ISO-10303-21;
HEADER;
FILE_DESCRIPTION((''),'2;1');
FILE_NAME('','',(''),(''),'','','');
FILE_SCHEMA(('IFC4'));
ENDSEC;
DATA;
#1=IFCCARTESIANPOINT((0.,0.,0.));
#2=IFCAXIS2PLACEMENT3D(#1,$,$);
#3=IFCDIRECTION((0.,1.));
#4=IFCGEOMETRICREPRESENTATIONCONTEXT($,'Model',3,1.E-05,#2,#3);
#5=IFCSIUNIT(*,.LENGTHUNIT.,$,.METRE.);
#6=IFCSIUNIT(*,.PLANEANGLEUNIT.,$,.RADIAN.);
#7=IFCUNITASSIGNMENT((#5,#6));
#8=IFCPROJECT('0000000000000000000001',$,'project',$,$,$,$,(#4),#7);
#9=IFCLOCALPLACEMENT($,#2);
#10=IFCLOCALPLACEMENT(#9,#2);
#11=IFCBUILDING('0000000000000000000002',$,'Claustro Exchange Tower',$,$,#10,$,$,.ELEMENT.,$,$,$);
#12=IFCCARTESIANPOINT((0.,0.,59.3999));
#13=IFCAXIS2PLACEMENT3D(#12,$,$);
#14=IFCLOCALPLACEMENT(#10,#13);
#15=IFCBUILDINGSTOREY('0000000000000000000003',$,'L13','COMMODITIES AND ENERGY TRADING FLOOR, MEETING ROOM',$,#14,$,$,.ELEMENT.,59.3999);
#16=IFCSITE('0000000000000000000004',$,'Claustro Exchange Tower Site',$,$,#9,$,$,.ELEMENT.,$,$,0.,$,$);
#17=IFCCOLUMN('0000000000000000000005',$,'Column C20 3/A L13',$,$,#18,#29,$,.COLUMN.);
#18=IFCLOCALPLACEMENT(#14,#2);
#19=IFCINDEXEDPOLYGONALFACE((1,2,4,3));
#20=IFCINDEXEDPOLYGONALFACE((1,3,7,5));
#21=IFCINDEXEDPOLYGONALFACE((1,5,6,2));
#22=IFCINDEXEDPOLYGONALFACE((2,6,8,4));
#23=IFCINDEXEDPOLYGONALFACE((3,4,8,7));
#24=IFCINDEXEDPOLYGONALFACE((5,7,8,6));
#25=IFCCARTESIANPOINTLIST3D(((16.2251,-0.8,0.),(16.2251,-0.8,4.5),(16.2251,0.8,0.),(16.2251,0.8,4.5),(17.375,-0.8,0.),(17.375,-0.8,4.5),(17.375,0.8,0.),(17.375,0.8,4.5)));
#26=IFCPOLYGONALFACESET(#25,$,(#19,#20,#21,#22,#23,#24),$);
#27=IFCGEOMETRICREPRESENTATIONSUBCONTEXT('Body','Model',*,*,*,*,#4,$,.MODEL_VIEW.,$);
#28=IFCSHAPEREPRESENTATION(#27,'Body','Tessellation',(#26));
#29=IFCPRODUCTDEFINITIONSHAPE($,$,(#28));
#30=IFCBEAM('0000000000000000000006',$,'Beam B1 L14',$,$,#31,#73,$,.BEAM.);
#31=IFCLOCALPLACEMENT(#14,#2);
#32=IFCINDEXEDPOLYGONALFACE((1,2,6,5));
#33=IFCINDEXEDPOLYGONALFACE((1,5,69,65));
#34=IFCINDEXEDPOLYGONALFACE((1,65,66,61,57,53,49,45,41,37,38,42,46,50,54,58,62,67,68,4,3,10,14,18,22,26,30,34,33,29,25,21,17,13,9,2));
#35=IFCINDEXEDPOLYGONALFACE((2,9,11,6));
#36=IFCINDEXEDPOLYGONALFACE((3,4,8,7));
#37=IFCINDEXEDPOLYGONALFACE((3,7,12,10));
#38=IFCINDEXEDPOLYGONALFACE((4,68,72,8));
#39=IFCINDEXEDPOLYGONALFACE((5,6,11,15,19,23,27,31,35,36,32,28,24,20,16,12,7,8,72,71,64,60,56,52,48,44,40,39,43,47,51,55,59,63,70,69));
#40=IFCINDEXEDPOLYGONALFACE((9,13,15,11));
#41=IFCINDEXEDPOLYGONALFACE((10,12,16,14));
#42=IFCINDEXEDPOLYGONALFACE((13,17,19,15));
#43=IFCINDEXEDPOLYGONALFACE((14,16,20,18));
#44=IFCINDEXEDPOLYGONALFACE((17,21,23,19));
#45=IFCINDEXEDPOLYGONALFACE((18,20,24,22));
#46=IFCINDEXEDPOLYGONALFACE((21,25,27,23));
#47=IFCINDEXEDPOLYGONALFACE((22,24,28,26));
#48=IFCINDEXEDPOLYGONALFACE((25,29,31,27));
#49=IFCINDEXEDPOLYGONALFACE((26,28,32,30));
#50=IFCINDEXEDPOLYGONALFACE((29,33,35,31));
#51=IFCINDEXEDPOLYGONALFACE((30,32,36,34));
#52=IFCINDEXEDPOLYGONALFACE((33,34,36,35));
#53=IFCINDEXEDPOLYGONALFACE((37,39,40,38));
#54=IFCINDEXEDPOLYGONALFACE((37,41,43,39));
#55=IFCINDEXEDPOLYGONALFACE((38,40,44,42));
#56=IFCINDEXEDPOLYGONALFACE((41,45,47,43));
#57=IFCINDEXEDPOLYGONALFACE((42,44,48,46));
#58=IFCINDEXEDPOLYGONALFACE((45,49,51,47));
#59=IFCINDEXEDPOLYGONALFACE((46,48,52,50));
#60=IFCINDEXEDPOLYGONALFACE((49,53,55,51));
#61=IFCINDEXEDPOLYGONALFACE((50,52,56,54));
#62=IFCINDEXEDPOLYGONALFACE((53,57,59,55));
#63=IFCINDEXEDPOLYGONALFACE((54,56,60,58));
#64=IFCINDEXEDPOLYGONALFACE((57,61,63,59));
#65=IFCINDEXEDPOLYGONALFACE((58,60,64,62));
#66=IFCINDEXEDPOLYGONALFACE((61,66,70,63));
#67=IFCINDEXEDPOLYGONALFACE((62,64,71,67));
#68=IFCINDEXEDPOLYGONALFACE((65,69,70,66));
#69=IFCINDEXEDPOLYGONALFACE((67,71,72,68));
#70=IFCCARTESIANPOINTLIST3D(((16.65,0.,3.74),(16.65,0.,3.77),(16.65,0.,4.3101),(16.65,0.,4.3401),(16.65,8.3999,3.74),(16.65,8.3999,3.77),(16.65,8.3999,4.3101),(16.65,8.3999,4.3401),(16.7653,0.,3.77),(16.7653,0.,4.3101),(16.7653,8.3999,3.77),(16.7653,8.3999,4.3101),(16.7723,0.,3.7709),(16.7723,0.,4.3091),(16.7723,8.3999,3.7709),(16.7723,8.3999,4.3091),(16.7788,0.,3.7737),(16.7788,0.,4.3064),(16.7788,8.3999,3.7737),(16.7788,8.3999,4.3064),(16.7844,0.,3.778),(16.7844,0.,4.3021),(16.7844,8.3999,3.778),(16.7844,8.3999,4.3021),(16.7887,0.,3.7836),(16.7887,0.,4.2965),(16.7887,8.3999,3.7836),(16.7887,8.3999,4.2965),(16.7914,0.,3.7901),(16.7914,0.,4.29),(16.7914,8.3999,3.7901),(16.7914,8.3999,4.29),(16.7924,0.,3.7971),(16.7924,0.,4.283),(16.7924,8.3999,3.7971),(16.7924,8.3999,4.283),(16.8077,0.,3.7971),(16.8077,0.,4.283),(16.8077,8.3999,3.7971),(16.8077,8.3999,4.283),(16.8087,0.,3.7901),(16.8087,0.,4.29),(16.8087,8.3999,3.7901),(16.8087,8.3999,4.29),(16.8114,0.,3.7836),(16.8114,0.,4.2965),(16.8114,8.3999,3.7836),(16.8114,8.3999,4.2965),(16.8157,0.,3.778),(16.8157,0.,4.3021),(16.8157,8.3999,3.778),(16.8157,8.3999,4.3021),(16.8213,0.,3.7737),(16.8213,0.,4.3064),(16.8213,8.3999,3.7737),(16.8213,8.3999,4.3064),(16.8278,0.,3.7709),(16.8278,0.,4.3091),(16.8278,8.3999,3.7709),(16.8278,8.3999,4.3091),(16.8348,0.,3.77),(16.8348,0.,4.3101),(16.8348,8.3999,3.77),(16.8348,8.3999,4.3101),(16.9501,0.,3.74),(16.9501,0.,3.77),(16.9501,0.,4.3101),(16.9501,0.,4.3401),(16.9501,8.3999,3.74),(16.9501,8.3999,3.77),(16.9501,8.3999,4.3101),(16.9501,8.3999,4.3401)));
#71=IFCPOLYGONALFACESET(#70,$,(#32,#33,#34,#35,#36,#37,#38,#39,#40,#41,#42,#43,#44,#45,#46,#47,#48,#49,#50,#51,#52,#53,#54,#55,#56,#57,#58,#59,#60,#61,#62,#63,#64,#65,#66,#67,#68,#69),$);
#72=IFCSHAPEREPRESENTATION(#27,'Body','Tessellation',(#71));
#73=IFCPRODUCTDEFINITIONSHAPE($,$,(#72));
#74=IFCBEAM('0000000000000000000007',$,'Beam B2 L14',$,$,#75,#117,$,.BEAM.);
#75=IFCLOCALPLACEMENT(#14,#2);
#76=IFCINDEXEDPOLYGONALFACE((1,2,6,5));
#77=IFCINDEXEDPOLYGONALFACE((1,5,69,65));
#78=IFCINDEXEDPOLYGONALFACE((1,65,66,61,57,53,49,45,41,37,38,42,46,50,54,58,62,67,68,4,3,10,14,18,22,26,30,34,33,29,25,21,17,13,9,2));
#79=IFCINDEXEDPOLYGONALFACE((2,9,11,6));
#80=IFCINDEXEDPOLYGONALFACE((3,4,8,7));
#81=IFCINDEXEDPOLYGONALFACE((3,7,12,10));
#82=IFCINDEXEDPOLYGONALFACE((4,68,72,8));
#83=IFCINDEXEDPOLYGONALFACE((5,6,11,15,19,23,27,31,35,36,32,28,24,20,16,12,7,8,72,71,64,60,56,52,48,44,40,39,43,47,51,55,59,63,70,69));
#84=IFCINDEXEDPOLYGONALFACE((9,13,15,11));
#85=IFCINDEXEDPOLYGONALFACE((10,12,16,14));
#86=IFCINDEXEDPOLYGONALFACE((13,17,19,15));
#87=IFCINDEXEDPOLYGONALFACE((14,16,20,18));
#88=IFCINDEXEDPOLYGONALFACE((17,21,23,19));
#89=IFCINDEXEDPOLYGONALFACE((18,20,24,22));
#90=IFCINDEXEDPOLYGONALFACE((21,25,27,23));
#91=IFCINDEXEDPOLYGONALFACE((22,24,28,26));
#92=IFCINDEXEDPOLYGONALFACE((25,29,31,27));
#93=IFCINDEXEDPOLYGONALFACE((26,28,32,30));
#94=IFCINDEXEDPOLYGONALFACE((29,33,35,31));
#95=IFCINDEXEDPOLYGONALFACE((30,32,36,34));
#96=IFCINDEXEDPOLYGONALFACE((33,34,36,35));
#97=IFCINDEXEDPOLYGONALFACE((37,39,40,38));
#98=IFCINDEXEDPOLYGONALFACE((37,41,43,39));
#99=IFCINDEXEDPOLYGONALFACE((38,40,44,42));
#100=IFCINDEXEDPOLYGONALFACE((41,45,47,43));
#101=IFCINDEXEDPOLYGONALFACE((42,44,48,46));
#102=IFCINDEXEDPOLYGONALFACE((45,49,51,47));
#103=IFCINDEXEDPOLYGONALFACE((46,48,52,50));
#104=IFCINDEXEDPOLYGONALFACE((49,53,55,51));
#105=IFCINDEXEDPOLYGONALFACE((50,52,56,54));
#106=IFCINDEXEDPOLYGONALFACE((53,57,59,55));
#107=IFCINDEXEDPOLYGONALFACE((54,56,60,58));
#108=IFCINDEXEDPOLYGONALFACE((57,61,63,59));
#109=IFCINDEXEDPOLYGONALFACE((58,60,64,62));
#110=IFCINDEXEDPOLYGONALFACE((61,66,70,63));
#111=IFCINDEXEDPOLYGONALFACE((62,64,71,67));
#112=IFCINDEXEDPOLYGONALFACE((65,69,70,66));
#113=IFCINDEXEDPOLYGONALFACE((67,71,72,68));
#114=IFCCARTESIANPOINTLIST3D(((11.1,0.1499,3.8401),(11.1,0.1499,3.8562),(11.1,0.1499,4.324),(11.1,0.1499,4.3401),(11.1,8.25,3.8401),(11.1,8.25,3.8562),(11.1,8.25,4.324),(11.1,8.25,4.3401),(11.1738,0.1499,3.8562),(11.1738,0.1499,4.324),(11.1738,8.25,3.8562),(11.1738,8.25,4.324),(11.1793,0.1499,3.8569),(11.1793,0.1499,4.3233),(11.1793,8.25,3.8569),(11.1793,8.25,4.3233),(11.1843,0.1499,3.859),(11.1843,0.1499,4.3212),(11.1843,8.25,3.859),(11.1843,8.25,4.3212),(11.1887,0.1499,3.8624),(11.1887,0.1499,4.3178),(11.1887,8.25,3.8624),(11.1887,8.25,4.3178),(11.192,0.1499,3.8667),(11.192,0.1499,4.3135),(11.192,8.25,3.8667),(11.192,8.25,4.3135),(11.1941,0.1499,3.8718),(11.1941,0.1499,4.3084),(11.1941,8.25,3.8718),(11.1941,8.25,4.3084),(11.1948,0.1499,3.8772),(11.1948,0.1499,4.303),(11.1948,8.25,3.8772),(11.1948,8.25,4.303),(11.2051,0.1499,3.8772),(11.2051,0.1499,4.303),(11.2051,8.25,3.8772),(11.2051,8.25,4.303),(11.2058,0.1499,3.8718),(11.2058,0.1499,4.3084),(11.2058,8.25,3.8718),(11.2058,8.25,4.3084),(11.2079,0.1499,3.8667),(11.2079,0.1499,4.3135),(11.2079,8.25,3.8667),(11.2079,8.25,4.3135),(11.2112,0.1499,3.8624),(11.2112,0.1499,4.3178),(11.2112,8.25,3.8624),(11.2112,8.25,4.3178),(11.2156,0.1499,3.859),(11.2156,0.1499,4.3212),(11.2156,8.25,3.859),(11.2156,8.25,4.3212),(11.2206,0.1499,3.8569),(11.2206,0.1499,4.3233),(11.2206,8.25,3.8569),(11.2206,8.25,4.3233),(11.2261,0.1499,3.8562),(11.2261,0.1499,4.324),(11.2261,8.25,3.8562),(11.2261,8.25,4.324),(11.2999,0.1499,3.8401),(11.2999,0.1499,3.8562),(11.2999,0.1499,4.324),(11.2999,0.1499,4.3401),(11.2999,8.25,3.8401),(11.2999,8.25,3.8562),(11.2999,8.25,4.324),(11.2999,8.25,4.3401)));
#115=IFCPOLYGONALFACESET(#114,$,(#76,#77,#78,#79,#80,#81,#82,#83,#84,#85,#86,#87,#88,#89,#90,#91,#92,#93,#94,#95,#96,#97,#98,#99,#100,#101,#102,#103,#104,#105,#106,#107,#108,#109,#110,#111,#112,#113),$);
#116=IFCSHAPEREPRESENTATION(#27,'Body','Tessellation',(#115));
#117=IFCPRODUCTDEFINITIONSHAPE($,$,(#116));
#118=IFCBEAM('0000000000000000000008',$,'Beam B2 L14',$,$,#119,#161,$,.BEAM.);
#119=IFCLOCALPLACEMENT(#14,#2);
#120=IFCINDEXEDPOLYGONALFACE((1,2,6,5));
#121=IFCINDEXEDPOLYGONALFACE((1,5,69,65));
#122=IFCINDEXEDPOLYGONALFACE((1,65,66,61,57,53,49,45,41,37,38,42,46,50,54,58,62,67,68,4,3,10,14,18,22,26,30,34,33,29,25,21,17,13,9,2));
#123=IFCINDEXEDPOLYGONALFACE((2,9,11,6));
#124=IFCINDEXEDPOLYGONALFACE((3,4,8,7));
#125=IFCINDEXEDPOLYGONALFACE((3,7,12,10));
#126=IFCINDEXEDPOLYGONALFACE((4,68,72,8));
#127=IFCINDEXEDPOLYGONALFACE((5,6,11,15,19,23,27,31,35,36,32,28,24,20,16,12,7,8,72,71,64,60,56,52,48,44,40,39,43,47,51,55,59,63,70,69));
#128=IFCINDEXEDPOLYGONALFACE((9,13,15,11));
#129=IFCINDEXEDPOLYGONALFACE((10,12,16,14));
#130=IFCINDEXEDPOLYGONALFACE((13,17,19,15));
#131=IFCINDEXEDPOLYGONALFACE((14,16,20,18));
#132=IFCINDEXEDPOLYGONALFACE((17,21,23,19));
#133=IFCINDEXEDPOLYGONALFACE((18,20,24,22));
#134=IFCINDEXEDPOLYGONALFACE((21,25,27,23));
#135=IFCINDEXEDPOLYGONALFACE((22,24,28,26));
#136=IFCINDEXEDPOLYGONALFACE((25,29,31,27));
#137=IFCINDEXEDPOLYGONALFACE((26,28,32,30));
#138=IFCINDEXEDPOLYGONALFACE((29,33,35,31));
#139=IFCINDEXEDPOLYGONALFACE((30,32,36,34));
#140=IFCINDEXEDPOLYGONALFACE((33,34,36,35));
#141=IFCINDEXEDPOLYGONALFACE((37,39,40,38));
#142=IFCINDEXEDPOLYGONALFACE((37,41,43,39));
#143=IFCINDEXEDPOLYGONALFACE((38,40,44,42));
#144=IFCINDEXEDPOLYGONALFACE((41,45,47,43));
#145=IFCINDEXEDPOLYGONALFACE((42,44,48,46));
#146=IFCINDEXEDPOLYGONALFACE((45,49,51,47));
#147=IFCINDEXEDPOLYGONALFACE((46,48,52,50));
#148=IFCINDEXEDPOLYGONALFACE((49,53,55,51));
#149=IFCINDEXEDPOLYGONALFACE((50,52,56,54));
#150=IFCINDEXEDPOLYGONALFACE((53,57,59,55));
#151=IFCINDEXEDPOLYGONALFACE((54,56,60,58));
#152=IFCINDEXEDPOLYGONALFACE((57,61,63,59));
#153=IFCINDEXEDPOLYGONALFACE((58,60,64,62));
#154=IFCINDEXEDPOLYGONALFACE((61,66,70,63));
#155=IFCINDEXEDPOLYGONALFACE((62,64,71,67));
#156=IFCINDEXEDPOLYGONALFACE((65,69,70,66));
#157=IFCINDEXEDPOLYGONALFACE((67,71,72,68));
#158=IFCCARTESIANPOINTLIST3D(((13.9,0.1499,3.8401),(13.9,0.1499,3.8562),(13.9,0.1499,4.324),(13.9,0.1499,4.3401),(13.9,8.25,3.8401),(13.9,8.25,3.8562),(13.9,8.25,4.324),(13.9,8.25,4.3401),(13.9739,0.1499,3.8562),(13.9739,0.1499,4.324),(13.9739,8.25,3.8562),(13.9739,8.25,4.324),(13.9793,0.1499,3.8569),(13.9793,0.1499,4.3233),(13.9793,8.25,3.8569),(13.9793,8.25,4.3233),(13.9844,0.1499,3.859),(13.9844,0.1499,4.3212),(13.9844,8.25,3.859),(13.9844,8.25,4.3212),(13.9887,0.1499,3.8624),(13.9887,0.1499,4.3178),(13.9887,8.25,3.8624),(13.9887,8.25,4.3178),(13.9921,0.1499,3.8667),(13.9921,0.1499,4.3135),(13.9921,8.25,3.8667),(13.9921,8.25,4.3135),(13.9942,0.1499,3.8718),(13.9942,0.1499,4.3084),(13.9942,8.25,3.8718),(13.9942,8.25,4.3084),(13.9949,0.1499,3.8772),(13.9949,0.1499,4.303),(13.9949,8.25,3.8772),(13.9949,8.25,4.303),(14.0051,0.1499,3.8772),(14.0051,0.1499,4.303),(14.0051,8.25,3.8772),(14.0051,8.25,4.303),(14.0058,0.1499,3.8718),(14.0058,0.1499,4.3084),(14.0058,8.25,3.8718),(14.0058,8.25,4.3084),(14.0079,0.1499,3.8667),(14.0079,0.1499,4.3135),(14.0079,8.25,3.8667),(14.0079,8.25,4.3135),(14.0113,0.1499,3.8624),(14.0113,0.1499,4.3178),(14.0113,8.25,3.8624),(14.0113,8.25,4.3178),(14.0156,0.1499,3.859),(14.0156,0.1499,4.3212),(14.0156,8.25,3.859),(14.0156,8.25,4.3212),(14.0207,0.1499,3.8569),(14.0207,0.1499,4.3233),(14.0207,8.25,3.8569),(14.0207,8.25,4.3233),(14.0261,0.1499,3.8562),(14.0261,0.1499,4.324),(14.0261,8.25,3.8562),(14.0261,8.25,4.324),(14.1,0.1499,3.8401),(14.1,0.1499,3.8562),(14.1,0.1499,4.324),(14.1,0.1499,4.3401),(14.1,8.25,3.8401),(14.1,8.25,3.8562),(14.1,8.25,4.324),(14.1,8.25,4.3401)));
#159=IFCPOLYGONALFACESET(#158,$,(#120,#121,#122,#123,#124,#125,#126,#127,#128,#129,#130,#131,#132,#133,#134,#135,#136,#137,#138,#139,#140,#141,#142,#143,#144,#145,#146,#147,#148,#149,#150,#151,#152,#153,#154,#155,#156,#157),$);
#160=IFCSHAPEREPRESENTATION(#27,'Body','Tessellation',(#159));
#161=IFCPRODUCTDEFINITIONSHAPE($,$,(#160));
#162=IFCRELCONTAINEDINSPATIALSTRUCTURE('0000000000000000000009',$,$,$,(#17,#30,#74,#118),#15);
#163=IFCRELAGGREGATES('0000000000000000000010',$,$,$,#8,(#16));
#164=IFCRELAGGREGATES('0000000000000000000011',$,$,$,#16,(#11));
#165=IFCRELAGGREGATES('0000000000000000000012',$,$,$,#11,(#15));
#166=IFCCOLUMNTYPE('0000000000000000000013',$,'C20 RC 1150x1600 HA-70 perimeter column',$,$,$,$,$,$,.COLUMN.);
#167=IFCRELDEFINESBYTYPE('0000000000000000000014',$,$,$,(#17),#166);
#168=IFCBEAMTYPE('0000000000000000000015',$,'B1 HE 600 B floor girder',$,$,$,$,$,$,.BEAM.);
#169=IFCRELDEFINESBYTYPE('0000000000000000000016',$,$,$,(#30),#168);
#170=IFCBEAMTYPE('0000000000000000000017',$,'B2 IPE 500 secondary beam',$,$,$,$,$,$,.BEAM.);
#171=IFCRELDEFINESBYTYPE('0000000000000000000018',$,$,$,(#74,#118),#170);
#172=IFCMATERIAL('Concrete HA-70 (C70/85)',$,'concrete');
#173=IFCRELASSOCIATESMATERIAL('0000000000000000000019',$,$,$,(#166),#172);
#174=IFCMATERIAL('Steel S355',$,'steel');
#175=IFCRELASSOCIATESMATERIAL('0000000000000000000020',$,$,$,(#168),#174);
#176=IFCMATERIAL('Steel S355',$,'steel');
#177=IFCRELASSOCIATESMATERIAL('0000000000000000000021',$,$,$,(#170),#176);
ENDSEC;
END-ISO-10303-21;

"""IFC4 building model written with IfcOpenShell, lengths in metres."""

from ifc_helpers import new_model, si_unit, direction, frame, origin, origin_2d, place, context, subcontext, project, spatial, rectangle, i_section, extrude, material, material_profile, profile_set, type_object, element, save


model = new_model("IFC4")

# Units and contexts
model_context = context("Model", 3, precision=1e-05, world=origin(), true_north=direction((0.0, 1.0)))
body_context = subcontext(model_context, "Body", "Model", "MODEL_VIEW")
ifc_project = project(units=[si_unit("LENGTHUNIT", "METRE"), si_unit("PLANEANGLEUNIT", "RADIAN")], contexts=[model_context])

# Site, building, storey
site_placement = place(None, origin())
site = spatial("IfcSite", under=ifc_project, at=site_placement, Name="Claustro Exchange Tower Site", CompositionType="ELEMENT", RefElevation=0.0)
building_placement = place(site_placement, origin())
building = spatial("IfcBuilding", under=site, at=building_placement, Name="Claustro Exchange Tower", CompositionType="ELEMENT")
storey_placement = place(building_placement, frame((0.0, 0.0, 59.3999)))
storey = spatial("IfcBuildingStorey", under=building, at=storey_placement, Name="L13", Description="COMMODITIES AND ENERGY TRADING FLOOR, MEETING ROOM", CompositionType="ELEMENT", Elevation=59.3999)

# Column
ifc_material_1 = material(Name="Concrete HA-70 (C70/85)", Category="concrete")
ifc_material_profile_1 = material_profile(ifc_material_1, rectangle(XDim=1.1499, YDim=1.6001, at=origin_2d()), Name="RC 1150x1600")
ifc_profile_set_1 = profile_set([ifc_material_profile_1], Name="Concrete HA-70 (C70/85)")
column_type = type_object("IfcColumnType", Name="C20 RC 1150x1600 HA-70 perimeter column", PredefinedType="COLUMN", material=ifc_profile_set_1)
column_placement = place(storey_placement, frame((16.8, 0.0, 0.0), z_axis=(0.0, 0.0, 1.0), x_axis=(1.0, 0.0, 0.0)))
element("IfcColumn", 1, at=column_placement, inside=storey, type_object=column_type, Name="Column C20 3/A L13", PredefinedType="COLUMN", context=body_context, shape_type="SweptSolid", body=[
    extrude(rectangle(XDim=1.1499, YDim=1.6001, at=origin_2d()), origin(), (0.0, 0.0, 1.0), 4.5),
])

# Beams
ifc_material_2 = material(Name="Steel S355", Category="steel")
ifc_material_profile_2 = material_profile(ifc_material_2, i_section(OverallWidth=0.3, OverallDepth=0.6001, WebThickness=0.0154, FlangeThickness=0.03, FilletRadius=0.0271, at=origin_2d()), Name="HE 600 B")
ifc_profile_set_2 = profile_set([ifc_material_profile_2], Name="Steel S355")
beam_type_1 = type_object("IfcBeamType", Name="B1 HE 600 B floor girder", PredefinedType="BEAM", material=ifc_profile_set_2)
beam_1_placement = place(storey_placement, frame((16.8, 0.0, 4.04), z_axis=(0.0, 1.0, 0.0), x_axis=(-1.0, 0.0, 0.0)))
element("IfcBeam", 2, at=beam_1_placement, inside=storey, type_object=beam_type_1, Name="Beam B1 L14", PredefinedType="BEAM", context=body_context, shape_type="SweptSolid", body=[
    extrude(i_section(OverallWidth=0.3, OverallDepth=0.6001, WebThickness=0.0154, FlangeThickness=0.03, FilletRadius=0.0271, at=origin_2d()), origin(), (0.0, 0.0, 1.0), 8.3999),
])
ifc_material_3 = material(Name="Steel S355", Category="steel")
ifc_material_profile_3 = material_profile(ifc_material_3, i_section(OverallWidth=0.2, OverallDepth=0.5, WebThickness=0.0103, FlangeThickness=0.0161, FilletRadius=0.021, at=origin_2d()), Name="IPE 500")
ifc_profile_set_3 = profile_set([ifc_material_profile_3], Name="Steel S355")
beam_type_2 = type_object("IfcBeamType", Name="B2 IPE 500 secondary beam", PredefinedType="BEAM", material=ifc_profile_set_3)
for number, where, z_axis, x_axis, name in (
    (3, (11.2, 0.1499, 4.0901), (0.0, 1.0, 0.0), (-1.0, 0.0, 0.0), "Beam B2 L14"),
    (4, (14.0, 0.1499, 4.0901), (0.0, 1.0, 0.0), (-1.0, 0.0, 0.0), "Beam B2 L14"),
):
    element("IfcBeam", number, at=place(storey_placement, frame(where, z_axis=z_axis, x_axis=x_axis)), inside=storey, type_object=beam_type_2, Name=name, PredefinedType="BEAM", context=body_context, shape_type="SweptSolid", body=[
        extrude(i_section(OverallWidth=0.2, OverallDepth=0.5, WebThickness=0.0103, FlangeThickness=0.0161, FilletRadius=0.021, at=origin_2d()), origin(), (0.0, 0.0, 1.0), 8.1001),
    ])

save(model, "model.ifc")
